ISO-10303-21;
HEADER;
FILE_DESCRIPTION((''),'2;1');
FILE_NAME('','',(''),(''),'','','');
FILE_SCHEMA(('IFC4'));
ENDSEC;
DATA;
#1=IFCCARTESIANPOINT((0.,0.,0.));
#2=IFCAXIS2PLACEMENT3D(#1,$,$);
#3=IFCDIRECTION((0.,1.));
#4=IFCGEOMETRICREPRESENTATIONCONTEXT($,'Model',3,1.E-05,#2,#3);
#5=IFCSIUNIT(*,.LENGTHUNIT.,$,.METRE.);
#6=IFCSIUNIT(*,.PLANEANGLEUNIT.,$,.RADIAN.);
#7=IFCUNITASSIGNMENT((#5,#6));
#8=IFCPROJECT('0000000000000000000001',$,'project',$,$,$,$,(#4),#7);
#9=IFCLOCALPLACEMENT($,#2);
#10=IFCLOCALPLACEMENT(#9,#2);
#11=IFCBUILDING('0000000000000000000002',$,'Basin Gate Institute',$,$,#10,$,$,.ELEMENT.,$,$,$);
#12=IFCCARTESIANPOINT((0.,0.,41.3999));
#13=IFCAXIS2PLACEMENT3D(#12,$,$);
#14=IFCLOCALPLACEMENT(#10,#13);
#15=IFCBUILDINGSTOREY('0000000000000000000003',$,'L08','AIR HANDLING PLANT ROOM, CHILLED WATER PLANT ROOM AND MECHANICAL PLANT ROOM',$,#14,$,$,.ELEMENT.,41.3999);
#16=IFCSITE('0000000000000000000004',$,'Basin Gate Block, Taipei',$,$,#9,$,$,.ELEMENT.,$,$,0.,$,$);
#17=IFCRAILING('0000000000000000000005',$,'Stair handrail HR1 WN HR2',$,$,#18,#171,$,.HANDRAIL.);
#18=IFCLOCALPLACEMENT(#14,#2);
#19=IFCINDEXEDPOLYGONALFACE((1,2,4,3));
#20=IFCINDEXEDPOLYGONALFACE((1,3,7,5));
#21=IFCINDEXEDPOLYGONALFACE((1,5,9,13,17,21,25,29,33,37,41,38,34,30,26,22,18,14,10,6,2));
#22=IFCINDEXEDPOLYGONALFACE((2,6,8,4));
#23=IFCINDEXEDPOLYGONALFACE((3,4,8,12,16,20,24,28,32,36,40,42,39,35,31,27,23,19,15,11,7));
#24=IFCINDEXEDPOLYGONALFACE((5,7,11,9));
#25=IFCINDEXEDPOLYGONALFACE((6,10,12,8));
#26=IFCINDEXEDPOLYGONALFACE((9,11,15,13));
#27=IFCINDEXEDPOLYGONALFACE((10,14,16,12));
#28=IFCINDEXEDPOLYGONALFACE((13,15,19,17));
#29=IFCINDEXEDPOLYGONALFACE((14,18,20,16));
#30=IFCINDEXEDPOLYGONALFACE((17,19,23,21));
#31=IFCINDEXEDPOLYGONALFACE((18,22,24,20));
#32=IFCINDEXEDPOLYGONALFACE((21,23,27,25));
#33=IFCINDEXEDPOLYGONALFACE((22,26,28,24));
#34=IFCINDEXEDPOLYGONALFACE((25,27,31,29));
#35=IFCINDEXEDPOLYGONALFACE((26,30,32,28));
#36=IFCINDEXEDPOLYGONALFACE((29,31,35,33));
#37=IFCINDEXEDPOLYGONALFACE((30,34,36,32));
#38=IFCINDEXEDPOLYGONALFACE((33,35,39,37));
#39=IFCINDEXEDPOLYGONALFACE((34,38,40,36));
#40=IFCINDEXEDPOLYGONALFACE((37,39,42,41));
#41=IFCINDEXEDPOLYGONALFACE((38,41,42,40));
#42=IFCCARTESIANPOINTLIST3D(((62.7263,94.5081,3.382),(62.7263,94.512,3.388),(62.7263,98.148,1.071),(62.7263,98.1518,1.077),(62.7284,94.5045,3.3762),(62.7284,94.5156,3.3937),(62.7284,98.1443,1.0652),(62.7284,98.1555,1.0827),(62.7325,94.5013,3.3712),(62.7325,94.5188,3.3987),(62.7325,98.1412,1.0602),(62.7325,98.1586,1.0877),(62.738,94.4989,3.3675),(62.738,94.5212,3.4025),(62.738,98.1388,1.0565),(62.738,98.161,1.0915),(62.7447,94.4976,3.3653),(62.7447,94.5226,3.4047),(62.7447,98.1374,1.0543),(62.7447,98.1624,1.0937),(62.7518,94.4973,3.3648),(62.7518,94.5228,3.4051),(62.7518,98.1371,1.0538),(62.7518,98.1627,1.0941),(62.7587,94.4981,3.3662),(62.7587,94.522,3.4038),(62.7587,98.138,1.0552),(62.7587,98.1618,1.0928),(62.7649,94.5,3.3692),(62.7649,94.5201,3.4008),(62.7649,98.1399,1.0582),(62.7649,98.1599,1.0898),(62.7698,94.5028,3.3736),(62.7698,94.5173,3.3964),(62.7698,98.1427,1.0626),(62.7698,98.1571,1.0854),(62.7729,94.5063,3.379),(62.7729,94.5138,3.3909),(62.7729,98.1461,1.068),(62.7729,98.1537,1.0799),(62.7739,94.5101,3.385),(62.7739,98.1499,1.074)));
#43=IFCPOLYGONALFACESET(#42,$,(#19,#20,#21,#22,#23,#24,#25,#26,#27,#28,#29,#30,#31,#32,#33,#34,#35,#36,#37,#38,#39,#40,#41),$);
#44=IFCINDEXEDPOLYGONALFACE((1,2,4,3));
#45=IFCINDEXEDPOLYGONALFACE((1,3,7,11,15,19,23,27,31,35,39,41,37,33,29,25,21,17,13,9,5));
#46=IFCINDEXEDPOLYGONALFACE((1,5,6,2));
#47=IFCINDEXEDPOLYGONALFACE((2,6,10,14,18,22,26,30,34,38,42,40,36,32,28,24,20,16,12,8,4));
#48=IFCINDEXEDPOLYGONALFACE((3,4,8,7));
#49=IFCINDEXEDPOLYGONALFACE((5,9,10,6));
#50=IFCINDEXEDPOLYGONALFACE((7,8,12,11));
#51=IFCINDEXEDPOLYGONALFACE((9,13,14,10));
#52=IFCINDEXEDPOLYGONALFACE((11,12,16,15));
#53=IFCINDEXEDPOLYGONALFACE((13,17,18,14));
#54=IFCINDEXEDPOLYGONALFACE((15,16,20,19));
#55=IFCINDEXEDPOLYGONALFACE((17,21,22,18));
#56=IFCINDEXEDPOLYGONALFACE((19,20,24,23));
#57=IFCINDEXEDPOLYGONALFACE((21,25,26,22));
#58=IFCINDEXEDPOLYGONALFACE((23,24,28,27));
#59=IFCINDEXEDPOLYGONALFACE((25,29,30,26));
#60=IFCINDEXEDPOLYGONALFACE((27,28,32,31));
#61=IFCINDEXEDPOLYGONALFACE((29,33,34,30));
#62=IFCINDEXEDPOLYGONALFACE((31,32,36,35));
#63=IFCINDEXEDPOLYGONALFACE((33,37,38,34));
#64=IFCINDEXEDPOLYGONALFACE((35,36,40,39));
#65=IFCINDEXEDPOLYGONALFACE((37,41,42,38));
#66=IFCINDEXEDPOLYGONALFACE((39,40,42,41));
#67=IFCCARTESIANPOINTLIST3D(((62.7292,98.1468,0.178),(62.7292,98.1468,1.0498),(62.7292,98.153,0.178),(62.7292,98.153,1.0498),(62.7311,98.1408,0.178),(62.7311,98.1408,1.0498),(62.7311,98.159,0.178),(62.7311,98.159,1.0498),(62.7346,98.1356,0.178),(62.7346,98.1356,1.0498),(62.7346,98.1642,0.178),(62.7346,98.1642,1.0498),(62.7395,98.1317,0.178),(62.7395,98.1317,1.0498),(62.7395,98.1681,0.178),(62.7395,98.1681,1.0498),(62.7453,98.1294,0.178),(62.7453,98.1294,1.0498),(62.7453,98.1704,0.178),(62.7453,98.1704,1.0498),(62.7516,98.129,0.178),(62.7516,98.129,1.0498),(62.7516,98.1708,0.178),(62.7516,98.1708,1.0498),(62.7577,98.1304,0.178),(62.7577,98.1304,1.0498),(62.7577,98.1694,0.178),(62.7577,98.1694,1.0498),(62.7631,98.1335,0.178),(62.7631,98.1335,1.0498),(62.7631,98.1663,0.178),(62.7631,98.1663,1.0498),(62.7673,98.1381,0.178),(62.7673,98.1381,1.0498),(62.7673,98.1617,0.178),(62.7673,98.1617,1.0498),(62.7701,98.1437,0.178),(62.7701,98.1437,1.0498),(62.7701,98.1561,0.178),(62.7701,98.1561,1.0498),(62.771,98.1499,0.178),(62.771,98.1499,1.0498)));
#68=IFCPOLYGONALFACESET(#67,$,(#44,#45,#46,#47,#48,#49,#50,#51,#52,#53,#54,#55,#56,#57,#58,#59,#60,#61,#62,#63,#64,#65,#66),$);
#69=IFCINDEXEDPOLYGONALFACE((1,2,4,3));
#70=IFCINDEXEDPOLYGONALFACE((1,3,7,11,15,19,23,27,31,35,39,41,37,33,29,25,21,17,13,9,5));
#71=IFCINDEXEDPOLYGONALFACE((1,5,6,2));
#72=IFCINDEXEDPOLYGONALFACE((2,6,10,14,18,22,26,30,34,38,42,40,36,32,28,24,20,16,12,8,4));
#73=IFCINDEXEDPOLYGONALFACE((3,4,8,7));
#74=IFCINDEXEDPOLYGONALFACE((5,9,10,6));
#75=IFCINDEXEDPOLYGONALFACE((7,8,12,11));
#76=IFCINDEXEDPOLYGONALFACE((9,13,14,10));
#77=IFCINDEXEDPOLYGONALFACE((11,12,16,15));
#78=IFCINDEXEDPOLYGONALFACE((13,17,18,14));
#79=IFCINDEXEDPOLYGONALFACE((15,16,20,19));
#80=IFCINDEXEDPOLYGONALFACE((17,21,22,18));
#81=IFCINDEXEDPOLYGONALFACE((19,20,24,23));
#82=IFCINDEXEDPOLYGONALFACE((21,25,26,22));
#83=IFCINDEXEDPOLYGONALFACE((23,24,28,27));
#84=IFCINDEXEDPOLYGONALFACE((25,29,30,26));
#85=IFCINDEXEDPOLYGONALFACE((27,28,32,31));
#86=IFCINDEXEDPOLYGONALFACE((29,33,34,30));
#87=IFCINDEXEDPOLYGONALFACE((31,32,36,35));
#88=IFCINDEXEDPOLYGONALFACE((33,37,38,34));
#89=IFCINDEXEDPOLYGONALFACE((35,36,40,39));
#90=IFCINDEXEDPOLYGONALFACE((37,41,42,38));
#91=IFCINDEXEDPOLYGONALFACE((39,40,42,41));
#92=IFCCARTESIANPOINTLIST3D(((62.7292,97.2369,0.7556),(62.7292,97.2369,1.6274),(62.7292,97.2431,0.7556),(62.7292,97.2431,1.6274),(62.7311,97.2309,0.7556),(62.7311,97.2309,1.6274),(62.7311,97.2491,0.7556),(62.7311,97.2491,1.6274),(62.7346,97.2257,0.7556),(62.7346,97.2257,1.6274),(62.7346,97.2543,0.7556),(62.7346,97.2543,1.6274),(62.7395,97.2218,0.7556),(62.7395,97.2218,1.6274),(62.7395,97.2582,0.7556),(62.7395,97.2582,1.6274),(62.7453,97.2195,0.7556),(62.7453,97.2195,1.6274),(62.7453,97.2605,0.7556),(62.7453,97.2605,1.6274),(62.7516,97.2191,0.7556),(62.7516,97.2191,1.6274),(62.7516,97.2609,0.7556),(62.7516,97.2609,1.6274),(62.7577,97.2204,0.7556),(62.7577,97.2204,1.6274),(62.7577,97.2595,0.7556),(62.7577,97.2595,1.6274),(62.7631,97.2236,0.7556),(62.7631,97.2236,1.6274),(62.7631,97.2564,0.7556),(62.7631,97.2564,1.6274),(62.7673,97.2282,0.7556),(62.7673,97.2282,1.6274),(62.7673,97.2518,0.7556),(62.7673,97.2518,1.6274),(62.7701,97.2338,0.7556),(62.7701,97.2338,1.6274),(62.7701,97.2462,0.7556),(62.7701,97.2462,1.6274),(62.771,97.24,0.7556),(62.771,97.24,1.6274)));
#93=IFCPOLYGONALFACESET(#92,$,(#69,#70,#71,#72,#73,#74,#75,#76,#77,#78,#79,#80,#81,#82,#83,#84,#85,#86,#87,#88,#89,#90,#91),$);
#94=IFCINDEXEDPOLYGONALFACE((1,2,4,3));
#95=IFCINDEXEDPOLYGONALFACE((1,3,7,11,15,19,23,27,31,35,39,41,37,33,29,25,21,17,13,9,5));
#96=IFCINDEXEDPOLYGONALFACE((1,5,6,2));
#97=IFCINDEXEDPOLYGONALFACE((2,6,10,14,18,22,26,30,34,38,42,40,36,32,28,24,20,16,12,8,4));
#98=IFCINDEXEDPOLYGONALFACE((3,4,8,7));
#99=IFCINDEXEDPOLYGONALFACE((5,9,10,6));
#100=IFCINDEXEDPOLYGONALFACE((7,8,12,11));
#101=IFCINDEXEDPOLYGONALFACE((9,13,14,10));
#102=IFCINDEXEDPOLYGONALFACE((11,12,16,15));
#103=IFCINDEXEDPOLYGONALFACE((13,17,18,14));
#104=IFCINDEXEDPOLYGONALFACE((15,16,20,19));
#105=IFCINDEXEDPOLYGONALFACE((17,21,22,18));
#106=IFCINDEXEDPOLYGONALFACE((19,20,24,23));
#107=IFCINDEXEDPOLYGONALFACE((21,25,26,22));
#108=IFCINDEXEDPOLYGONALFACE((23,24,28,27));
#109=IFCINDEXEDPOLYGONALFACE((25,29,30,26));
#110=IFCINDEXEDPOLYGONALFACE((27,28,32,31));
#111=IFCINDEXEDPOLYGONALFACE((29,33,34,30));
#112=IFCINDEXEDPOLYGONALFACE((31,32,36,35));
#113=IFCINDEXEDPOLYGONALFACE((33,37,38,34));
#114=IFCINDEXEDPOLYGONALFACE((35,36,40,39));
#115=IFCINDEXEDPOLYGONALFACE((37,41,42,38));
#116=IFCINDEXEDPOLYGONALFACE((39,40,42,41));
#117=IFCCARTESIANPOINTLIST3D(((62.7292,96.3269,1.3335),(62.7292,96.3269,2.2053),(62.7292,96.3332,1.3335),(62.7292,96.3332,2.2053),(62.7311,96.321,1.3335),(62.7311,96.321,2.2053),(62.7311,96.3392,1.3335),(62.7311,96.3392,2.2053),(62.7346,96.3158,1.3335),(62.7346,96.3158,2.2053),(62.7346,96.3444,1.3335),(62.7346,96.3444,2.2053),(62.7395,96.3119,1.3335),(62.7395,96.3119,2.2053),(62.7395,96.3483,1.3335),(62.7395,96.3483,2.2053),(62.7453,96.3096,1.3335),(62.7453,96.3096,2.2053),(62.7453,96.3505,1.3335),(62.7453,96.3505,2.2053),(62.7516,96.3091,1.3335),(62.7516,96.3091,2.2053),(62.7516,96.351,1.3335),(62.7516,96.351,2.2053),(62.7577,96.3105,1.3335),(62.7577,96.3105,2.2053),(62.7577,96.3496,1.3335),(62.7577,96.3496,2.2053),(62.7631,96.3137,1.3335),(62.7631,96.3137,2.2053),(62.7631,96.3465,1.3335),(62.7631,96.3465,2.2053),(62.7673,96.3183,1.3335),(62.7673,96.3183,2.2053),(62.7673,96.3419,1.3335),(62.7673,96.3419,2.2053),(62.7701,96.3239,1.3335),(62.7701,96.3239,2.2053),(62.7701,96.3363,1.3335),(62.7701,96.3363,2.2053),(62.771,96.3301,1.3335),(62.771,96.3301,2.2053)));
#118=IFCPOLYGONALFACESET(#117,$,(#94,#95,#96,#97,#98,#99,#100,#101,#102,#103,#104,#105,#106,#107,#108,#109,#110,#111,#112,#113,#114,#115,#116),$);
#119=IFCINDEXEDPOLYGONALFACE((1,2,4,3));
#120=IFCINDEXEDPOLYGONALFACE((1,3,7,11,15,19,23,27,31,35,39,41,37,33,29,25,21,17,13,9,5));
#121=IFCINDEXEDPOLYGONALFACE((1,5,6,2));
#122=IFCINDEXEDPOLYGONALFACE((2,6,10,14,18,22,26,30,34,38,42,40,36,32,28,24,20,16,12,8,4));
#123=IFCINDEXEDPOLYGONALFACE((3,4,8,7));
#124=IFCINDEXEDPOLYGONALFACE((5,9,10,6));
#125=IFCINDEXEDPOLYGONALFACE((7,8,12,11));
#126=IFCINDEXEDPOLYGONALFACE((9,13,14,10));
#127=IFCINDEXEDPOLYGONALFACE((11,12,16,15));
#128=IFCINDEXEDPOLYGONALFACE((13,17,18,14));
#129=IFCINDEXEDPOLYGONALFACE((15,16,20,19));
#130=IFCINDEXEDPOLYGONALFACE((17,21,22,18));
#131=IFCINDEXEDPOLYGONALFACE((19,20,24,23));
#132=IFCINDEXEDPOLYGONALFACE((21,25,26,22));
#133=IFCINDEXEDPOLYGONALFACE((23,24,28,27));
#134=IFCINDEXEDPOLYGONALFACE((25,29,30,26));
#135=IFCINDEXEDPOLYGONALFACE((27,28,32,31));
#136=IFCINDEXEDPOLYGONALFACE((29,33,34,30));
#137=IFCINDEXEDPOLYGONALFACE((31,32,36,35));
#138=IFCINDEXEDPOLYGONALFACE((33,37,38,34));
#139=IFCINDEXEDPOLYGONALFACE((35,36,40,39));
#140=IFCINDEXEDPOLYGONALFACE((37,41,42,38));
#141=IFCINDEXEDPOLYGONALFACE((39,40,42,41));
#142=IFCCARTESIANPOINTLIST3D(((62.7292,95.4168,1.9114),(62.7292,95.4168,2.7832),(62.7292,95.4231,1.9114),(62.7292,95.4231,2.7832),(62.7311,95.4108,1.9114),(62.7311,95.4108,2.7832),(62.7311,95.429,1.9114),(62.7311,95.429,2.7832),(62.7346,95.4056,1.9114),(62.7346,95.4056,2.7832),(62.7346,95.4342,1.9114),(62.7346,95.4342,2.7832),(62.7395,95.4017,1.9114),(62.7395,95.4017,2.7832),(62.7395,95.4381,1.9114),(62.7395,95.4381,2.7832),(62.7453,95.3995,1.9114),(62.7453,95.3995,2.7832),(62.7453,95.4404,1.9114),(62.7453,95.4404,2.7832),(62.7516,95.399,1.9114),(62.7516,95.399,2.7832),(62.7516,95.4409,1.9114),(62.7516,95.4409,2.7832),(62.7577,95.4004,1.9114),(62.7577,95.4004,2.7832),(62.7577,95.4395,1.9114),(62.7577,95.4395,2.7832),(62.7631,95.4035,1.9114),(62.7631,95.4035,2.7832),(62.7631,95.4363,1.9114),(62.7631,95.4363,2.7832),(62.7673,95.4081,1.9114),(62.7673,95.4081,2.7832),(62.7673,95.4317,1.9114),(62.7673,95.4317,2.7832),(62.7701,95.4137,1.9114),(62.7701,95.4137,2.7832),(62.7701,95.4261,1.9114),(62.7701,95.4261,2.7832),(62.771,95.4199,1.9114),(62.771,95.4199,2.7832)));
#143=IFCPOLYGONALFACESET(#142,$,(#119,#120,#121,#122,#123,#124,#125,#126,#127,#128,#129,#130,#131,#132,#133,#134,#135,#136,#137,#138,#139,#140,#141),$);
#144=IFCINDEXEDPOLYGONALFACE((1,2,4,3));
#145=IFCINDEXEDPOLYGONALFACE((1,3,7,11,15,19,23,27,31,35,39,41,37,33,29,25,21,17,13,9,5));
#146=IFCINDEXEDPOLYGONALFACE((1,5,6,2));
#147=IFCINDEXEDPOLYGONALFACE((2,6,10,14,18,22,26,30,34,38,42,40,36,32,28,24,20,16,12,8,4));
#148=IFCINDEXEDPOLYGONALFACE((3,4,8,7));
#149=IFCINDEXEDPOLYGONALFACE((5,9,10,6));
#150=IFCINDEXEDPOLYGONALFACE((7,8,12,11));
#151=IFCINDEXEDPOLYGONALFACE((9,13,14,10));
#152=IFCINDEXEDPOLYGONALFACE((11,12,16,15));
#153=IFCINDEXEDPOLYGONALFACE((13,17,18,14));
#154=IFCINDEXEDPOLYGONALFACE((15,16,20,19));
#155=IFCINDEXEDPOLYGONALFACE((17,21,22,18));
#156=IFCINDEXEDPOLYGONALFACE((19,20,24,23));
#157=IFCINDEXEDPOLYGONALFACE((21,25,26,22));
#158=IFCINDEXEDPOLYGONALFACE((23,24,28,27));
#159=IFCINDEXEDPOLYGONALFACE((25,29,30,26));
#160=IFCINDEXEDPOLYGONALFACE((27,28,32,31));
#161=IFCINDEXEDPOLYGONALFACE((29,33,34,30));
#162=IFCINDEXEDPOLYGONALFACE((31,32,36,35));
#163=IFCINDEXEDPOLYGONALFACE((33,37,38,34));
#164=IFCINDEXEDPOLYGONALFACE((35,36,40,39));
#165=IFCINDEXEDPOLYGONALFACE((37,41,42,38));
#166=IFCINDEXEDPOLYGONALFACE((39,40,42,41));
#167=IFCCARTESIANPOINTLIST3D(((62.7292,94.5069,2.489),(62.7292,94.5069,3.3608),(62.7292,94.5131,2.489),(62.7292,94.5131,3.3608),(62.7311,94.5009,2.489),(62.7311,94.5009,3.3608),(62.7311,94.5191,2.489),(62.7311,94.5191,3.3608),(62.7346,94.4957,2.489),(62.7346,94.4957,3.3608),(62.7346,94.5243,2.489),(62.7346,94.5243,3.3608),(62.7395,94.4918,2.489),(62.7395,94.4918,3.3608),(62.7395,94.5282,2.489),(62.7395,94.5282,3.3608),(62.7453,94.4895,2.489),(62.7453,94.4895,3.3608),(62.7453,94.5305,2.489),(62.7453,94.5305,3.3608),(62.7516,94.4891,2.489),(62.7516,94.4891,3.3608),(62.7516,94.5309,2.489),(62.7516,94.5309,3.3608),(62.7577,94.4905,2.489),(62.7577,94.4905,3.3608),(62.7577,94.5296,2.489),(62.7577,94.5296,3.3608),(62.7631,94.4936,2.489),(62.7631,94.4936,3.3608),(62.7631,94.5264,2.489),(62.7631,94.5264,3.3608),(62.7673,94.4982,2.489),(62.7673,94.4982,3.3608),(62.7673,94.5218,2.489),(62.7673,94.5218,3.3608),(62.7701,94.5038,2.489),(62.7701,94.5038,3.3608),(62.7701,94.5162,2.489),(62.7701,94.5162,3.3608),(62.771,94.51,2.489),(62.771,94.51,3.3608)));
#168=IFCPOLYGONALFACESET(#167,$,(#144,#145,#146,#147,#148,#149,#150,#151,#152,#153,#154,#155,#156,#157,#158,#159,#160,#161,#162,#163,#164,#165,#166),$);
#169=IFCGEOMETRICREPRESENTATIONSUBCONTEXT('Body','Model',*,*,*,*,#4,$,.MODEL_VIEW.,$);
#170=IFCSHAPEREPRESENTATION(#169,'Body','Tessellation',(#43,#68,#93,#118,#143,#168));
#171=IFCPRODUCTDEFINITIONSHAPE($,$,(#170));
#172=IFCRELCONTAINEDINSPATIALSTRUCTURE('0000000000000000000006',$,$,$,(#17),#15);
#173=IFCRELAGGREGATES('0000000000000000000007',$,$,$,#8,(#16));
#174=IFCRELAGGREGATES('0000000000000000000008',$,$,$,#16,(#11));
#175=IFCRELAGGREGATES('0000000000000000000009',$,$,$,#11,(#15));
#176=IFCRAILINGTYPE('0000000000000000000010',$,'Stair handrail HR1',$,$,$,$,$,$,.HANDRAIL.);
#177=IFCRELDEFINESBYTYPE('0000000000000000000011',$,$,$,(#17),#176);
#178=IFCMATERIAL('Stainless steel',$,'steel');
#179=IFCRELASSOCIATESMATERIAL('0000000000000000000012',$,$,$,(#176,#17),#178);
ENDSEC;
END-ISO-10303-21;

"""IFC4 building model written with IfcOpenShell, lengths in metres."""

from ifc_helpers import new_model, si_unit, direction, frame, origin, origin_2d, place, context, subcontext, project, spatial, circle, extrude, material, type_object, element, save


model = new_model("IFC4")

# Units and contexts
model_context = context("Model", 3, precision=1e-05, world=origin(), true_north=direction((0.0, 1.0)))
body_context = subcontext(model_context, "Body", "Model", "MODEL_VIEW")
ifc_project = project(units=[si_unit("LENGTHUNIT", "METRE"), si_unit("PLANEANGLEUNIT", "RADIAN")], contexts=[model_context])

# Site, building, storey
site_placement = place(None, origin())
site = spatial("IfcSite", under=ifc_project, at=site_placement, Name="Basin Gate Block, Taipei", CompositionType="ELEMENT", RefElevation=0.0)
building_placement = place(site_placement, origin())
building = spatial("IfcBuilding", under=site, at=building_placement, Name="Basin Gate Institute", CompositionType="ELEMENT")
storey_placement = place(building_placement, frame((0.0, 0.0, 41.3999)))
storey = spatial("IfcBuildingStorey", under=building, at=storey_placement, Name="L08", Description="AIR HANDLING PLANT ROOM, CHILLED WATER PLANT ROOM AND MECHANICAL PLANT ROOM", CompositionType="ELEMENT", Elevation=41.3999)

# Railing
ifc_material_1 = material(Name="Stainless steel", Category="steel")
railing_type_1 = type_object("IfcRailingType", Name="Stair handrail HR1", PredefinedType="HANDRAIL", material=ifc_material_1)
for number, where, name in (
    (1, (62.75, 98.1499, 0.178), "Stair handrail HR1 WN HR2"),
):
    element("IfcRailing", number, at=place(storey_placement, frame(where)), inside=storey, type_object=railing_type_1, material=ifc_material_1, Name=name, PredefinedType="HANDRAIL", context=body_context, shape_type="SweptSolid", body=[
        extrude(circle(Radius=0.0239, at=origin_2d()), frame((0.0, 0.0, 0.896), z_axis=(0.0, -0.844214, 0.536007), x_axis=(1.0, 0.0, 0.0)), (0.0, 0.0, 1.0), 4.3115),
        extrude(circle(Radius=0.021, at=origin_2d()), origin(), (0.0, 0.0, 1.0), 0.8718),
        extrude(circle(Radius=0.021, at=origin_2d()), frame((0.0, -0.9099, 0.5776)), (0.0, 0.0, 1.0), 0.8718),
        extrude(circle(Radius=0.021, at=origin_2d()), frame((0.0, -1.8198, 1.1555)), (0.0, 0.0, 1.0), 0.8718),
        extrude(circle(Radius=0.021, at=origin_2d()), frame((0.0, -2.73, 1.7334)), (0.0, 0.0, 1.0), 0.8718),
        extrude(circle(Radius=0.021, at=origin_2d()), frame((0.0, -3.6399, 2.311)), (0.0, 0.0, 1.0), 0.8718),
    ])

save(model, "model.ifc")
